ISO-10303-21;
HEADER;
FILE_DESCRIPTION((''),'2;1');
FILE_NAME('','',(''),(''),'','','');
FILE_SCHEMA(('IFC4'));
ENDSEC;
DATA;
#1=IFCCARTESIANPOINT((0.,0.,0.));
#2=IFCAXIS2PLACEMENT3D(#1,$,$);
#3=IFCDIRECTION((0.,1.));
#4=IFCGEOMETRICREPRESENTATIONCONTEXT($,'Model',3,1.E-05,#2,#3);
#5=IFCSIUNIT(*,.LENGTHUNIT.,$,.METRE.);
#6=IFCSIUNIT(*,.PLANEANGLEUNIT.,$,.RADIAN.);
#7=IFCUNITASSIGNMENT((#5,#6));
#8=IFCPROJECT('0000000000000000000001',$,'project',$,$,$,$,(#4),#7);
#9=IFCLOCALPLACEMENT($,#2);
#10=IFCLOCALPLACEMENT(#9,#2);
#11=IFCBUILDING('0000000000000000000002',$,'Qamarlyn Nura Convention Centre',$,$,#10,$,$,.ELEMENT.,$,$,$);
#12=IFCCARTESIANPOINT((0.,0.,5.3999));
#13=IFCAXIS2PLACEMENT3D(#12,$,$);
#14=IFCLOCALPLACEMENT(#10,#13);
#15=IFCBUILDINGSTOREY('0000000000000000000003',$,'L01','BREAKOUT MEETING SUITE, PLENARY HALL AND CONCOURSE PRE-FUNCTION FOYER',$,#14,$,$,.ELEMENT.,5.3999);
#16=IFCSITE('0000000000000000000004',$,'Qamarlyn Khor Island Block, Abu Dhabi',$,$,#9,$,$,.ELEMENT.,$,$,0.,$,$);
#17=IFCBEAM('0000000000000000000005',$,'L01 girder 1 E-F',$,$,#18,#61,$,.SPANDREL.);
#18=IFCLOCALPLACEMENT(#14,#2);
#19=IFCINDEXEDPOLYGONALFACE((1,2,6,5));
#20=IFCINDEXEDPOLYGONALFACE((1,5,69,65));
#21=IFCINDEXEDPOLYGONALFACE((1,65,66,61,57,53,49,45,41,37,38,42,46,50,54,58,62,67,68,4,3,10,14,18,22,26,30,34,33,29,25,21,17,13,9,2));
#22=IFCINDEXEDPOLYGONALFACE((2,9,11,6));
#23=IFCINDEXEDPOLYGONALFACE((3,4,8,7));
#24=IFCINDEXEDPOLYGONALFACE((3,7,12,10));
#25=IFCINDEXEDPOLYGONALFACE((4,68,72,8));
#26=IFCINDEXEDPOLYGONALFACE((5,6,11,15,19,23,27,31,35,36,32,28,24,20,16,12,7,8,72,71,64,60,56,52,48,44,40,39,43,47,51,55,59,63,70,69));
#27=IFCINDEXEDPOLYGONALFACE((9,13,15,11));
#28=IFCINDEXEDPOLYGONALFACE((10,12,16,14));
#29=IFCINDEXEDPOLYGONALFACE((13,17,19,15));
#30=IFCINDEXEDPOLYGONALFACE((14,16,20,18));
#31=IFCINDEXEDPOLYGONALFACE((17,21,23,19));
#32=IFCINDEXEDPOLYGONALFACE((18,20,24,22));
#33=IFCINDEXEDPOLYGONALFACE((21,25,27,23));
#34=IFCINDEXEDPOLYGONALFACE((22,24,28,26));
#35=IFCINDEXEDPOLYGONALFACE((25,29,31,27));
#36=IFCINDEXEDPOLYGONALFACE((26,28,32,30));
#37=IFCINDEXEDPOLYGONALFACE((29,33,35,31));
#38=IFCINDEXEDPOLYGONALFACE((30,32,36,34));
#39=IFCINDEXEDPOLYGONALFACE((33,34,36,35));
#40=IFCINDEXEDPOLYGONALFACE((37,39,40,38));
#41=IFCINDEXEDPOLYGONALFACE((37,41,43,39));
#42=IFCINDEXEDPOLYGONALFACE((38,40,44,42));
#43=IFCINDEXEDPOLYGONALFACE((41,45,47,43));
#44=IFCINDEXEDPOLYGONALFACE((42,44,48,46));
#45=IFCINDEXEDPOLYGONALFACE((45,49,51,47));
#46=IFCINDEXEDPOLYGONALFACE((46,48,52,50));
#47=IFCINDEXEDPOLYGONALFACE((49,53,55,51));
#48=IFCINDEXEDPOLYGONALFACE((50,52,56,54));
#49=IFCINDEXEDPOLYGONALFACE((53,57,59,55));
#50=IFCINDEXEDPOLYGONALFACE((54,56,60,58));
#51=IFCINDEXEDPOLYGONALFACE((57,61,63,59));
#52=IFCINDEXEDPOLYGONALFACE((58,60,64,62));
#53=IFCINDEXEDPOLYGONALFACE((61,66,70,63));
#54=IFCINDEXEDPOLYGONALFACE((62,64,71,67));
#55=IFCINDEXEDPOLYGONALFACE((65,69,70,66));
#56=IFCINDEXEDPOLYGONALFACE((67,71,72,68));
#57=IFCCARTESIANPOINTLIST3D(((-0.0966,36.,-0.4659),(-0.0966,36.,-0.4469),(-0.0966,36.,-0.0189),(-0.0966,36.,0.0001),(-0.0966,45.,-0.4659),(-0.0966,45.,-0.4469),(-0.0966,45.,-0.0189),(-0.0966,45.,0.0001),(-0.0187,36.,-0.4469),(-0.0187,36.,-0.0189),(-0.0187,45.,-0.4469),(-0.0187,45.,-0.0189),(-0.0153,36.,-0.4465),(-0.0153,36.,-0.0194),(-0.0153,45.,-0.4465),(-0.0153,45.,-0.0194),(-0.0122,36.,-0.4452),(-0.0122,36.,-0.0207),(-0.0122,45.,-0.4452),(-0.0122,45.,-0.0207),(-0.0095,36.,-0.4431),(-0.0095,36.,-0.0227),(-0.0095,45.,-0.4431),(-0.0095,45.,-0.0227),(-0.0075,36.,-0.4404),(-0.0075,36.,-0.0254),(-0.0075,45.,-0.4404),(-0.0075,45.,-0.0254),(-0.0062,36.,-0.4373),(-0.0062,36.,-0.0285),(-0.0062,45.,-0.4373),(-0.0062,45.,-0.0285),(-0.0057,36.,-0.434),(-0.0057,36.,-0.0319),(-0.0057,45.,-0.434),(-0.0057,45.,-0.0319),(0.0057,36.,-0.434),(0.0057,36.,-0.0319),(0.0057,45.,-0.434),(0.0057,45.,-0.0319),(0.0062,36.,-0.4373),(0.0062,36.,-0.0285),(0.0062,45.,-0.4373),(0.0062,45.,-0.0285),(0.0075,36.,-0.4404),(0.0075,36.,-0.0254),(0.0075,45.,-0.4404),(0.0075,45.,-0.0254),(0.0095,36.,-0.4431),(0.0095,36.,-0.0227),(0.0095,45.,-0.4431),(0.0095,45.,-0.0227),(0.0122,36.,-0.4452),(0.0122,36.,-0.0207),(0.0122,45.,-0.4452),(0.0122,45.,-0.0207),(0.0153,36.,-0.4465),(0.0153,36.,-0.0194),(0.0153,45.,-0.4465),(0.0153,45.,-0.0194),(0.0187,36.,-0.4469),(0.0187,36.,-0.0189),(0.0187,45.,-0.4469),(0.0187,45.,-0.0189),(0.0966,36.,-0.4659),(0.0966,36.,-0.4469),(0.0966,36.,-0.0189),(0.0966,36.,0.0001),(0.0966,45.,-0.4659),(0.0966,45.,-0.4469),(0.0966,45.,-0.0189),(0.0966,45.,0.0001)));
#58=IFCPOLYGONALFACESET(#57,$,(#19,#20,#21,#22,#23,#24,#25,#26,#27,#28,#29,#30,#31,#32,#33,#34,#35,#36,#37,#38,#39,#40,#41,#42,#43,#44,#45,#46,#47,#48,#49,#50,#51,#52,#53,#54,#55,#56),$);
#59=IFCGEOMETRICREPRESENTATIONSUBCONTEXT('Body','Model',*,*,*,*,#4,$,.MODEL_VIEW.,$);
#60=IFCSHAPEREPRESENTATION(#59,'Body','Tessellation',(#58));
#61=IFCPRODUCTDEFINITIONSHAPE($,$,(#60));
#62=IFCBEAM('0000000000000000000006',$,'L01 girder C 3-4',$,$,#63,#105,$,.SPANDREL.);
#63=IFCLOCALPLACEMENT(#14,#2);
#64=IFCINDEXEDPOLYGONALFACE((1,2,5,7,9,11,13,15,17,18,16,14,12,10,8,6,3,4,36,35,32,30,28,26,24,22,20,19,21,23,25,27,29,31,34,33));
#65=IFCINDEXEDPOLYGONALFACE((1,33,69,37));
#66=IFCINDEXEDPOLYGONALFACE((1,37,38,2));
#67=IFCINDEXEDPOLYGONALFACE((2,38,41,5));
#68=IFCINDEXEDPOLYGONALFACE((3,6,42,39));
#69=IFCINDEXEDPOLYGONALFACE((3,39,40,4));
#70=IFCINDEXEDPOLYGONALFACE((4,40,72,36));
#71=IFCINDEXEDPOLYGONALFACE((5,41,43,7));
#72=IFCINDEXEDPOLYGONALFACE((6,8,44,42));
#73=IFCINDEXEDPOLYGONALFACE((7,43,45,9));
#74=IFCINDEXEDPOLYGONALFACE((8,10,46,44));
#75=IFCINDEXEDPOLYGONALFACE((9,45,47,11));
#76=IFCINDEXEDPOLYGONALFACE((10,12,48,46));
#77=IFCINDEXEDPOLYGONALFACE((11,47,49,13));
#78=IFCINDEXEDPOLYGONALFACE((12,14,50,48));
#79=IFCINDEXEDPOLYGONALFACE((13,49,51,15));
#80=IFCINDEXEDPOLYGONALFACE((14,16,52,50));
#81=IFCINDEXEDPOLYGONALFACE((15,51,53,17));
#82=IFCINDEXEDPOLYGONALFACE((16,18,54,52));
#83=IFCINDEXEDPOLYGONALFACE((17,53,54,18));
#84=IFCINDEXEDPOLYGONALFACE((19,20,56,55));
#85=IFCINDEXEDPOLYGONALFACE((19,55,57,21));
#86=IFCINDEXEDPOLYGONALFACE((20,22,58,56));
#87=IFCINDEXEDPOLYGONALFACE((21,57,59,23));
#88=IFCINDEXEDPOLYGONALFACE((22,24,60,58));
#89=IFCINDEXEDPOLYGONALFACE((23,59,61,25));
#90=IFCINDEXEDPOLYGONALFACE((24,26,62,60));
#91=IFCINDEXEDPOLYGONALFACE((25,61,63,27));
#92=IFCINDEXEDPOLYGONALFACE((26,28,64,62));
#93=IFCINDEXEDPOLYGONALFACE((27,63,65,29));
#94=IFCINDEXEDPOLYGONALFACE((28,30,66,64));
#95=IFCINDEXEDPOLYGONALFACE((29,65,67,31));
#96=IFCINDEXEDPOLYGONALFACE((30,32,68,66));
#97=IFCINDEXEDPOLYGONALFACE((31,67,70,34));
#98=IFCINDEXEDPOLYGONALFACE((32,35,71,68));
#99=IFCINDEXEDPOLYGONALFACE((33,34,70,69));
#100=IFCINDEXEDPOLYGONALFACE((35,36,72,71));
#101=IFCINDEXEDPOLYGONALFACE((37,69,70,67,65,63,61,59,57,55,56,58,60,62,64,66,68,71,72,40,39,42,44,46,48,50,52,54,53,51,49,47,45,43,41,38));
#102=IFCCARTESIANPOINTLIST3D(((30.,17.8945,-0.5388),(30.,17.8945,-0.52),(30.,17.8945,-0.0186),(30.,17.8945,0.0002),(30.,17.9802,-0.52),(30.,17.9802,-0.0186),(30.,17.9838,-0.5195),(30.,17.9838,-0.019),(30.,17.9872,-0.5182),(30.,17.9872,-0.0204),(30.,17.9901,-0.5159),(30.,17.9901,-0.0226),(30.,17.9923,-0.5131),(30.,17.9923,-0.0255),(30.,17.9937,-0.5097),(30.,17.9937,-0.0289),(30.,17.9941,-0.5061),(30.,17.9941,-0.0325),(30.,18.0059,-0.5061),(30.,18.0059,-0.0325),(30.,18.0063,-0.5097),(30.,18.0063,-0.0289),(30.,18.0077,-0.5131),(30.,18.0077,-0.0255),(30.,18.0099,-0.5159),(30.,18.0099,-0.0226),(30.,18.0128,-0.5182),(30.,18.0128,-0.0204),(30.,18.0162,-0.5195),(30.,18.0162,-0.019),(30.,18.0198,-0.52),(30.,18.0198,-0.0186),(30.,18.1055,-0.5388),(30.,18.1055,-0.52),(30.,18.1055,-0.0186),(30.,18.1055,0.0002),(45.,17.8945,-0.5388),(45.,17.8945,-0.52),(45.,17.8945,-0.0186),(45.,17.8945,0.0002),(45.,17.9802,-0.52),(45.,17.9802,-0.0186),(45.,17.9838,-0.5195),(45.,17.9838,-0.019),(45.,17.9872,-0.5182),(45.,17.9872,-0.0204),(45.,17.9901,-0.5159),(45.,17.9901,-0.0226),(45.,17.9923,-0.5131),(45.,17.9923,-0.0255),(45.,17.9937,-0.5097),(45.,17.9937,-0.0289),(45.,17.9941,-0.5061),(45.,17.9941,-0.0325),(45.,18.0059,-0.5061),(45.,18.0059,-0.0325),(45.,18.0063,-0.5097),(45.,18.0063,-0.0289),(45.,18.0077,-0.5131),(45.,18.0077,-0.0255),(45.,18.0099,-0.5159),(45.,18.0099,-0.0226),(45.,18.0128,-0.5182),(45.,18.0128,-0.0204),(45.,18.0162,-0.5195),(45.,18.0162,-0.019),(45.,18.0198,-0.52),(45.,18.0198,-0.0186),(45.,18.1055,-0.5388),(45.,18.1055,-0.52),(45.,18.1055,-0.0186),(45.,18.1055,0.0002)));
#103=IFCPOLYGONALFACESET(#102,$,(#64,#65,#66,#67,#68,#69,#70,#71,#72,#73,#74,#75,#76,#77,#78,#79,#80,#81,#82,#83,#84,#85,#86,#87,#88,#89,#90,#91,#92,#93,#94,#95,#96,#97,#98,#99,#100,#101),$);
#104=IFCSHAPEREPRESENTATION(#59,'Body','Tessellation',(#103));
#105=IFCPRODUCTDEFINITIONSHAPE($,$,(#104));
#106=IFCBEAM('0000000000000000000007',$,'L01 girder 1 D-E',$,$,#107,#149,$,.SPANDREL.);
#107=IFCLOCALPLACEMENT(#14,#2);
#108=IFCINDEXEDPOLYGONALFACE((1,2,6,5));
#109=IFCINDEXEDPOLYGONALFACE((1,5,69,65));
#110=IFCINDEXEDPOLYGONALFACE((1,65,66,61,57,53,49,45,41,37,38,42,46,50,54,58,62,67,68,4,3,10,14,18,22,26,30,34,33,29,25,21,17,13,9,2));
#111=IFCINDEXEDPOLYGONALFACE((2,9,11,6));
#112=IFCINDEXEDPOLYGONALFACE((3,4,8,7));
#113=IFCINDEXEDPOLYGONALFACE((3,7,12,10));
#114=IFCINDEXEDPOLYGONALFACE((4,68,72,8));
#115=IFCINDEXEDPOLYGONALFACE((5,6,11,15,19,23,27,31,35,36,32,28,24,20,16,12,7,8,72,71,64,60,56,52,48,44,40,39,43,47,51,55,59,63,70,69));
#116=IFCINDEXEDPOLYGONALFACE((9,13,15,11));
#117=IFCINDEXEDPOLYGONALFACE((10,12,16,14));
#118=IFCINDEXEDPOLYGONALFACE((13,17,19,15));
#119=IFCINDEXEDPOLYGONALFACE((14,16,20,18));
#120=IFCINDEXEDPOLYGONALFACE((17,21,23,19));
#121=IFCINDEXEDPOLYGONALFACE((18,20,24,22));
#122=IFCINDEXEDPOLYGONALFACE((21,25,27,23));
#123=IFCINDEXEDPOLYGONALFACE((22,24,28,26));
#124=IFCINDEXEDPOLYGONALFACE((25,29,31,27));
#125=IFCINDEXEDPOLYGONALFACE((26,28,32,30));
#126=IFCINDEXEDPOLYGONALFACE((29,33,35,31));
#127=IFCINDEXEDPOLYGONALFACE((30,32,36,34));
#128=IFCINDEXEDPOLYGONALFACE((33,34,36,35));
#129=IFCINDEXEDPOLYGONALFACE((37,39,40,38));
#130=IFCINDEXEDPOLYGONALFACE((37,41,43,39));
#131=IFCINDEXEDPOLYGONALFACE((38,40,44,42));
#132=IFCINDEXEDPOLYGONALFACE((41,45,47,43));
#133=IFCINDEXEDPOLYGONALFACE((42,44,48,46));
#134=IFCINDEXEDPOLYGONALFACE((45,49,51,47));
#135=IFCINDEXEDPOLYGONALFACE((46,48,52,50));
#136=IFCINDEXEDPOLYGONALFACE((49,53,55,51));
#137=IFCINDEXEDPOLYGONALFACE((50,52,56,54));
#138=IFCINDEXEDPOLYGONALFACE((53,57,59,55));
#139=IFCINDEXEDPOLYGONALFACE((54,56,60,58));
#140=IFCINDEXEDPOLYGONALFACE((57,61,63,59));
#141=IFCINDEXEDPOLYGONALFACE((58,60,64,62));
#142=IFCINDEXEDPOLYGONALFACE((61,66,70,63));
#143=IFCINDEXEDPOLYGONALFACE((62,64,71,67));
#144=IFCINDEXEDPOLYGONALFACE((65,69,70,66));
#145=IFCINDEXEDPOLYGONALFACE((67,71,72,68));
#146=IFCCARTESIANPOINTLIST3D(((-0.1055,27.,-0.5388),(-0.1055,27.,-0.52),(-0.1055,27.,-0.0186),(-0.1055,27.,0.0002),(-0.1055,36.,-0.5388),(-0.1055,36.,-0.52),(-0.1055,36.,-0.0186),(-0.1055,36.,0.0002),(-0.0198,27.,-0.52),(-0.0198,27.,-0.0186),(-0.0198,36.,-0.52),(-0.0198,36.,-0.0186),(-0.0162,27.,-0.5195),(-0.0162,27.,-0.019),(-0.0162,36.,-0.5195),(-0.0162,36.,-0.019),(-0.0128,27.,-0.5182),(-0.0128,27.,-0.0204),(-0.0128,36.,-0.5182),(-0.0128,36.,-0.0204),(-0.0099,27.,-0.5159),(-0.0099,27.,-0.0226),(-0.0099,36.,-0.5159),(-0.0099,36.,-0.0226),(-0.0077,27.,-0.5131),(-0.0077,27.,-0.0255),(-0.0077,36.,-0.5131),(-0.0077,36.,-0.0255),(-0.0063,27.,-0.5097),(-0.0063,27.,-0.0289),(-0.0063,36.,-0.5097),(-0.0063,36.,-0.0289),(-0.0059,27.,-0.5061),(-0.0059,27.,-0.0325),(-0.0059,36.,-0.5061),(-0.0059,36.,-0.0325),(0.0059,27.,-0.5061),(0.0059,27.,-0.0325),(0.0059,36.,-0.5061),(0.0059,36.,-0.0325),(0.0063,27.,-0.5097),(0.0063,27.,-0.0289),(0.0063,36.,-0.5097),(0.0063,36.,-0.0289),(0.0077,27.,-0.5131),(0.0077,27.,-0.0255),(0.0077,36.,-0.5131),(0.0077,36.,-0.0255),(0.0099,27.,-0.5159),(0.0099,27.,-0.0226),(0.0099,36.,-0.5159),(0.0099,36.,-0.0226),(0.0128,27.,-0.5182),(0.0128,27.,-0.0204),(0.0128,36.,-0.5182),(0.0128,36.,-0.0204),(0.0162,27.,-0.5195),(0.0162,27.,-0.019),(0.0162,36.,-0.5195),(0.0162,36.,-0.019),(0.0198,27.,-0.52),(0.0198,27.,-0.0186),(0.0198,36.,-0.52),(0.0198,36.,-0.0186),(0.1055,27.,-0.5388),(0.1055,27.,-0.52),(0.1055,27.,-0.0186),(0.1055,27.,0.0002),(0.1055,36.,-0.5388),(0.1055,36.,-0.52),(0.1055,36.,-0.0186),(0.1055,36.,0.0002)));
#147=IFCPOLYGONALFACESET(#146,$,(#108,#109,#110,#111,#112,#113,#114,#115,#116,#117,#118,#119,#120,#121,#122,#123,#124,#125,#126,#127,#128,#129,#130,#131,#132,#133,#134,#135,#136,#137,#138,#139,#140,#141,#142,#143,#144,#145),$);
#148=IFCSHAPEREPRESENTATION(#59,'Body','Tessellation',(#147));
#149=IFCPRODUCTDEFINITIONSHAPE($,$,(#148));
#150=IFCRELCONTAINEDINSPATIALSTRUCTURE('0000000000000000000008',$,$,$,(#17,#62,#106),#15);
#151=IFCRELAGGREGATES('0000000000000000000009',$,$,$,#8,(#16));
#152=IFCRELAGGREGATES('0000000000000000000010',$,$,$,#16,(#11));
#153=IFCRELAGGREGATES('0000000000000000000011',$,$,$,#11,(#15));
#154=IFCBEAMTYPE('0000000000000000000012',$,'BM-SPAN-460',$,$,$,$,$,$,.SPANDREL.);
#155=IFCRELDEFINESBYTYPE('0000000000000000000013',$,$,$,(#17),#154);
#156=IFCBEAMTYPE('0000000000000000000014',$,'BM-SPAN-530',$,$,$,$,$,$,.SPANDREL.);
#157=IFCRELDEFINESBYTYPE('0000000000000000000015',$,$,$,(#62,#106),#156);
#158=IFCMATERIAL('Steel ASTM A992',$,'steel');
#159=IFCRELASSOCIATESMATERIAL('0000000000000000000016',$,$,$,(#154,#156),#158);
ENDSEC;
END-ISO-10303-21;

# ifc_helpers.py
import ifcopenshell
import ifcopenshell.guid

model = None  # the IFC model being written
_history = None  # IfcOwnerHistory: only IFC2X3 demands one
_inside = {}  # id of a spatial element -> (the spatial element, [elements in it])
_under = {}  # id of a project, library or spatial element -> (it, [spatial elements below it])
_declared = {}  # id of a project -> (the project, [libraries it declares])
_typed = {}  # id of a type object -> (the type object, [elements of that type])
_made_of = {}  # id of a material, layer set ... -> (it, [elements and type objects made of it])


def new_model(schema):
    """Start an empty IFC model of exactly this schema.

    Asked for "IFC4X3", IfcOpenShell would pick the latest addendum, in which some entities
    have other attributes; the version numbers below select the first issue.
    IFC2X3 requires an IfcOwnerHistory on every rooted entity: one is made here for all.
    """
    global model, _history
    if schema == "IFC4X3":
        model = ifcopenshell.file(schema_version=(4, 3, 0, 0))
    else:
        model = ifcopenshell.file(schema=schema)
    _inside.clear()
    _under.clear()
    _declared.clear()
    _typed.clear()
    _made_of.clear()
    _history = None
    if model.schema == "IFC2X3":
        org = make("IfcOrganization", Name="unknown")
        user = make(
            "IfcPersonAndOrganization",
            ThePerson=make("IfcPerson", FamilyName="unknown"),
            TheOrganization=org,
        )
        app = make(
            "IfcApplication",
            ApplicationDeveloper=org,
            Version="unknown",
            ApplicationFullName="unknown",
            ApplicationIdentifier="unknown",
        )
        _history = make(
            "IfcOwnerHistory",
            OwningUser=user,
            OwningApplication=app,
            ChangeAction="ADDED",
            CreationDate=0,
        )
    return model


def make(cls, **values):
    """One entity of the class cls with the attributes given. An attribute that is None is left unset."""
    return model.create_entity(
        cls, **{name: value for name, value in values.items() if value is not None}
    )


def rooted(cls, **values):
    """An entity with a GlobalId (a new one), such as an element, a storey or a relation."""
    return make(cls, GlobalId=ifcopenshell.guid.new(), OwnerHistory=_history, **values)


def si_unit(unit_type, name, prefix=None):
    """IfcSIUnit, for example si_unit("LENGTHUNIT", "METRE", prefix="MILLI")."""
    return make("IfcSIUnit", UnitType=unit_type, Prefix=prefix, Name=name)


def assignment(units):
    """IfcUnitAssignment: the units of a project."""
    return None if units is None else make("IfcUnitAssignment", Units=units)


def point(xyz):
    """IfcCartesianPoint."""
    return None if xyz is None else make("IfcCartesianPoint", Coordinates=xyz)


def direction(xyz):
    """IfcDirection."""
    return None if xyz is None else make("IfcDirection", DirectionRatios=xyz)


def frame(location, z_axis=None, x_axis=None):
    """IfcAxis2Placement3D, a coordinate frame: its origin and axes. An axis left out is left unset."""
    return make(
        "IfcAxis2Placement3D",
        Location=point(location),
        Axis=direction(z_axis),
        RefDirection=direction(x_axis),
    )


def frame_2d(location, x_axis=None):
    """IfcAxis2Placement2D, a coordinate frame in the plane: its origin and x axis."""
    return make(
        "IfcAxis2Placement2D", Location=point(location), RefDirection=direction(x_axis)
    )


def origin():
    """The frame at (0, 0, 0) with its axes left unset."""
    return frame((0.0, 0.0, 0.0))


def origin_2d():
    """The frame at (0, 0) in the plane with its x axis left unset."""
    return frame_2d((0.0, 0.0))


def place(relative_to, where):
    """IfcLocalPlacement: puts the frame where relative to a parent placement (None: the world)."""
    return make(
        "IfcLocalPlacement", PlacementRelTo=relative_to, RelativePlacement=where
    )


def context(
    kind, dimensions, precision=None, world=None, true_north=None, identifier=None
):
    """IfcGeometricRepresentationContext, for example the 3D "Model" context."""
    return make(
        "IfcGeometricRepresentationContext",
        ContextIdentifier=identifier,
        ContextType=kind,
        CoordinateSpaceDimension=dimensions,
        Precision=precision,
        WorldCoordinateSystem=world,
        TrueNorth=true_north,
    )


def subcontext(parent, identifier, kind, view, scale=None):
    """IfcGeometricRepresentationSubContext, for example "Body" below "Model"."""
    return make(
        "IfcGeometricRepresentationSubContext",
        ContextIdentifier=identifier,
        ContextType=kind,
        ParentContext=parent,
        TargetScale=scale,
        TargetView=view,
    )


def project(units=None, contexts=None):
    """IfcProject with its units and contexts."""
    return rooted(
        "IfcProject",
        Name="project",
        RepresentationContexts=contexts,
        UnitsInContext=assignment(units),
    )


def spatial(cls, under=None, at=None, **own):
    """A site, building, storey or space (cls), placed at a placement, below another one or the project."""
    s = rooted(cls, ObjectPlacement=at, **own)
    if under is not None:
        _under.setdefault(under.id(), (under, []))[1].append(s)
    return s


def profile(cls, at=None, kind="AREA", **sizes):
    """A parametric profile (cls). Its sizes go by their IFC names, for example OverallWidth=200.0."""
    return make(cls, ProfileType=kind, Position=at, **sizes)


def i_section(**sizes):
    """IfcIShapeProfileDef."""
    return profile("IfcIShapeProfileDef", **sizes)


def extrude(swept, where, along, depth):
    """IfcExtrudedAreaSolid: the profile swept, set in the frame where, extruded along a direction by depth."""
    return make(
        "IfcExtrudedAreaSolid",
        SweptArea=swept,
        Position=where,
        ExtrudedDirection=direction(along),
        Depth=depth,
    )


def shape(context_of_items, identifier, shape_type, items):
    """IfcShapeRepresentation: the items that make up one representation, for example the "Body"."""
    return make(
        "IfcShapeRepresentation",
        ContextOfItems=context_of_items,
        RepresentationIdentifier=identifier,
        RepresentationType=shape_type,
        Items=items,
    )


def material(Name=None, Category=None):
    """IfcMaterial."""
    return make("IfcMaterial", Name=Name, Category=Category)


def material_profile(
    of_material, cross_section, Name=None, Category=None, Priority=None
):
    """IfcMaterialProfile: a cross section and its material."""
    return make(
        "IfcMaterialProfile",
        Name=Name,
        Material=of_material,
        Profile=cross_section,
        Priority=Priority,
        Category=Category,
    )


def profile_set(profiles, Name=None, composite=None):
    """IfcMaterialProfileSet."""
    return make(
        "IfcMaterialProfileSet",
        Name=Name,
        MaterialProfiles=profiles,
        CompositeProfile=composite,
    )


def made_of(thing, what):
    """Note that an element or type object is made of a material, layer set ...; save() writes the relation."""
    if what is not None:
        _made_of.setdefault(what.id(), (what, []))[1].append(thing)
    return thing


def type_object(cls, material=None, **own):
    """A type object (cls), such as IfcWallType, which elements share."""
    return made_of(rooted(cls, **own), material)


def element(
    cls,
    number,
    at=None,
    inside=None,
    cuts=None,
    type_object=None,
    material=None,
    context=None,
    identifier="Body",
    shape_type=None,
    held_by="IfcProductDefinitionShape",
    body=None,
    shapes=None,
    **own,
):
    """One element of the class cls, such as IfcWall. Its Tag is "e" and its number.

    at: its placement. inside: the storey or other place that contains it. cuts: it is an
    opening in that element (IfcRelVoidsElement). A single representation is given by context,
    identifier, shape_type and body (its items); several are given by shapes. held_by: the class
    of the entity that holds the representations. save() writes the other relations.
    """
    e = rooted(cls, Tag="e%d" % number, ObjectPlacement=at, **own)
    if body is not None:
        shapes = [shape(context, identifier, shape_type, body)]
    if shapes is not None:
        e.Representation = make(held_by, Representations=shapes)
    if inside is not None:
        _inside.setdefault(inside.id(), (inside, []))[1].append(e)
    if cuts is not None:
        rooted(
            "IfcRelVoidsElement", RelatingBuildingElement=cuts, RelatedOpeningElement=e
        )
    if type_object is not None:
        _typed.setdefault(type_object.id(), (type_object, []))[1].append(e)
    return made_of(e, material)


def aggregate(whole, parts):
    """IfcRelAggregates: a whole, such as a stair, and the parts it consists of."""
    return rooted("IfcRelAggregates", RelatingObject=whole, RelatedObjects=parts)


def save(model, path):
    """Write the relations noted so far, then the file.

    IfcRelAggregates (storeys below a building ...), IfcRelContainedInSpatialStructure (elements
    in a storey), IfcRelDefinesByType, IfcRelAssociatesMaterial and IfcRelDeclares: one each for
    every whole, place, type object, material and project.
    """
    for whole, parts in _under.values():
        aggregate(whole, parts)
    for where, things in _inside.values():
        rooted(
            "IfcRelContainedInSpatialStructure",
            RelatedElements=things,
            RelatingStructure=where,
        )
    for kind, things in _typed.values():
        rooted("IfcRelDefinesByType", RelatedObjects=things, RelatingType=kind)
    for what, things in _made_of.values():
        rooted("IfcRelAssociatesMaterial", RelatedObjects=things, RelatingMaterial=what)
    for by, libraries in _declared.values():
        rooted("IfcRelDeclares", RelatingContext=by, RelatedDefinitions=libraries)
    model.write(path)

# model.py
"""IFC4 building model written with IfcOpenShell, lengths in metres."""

from ifc_helpers import new_model, si_unit, direction, frame, origin, origin_2d, place, context, subcontext, project, spatial, i_section, extrude, material, material_profile, profile_set, type_object, element, save


model = new_model("IFC4")

# Units and contexts
model_context = context("Model", 3, precision=1e-05, world=origin(), true_north=direction((0.0, 1.0)))
body_context = subcontext(model_context, "Body", "Model", "MODEL_VIEW")
ifc_project = project(units=[si_unit("LENGTHUNIT", "METRE"), si_unit("PLANEANGLEUNIT", "RADIAN")], contexts=[model_context])

# Site, building, storey
site_placement = place(None, origin())
site = spatial("IfcSite", under=ifc_project, at=site_placement, Name="Qamarlyn Khor Island Block, Abu Dhabi", CompositionType="ELEMENT", RefElevation=0.0)
building_placement = place(site_placement, origin())
building = spatial("IfcBuilding", under=site, at=building_placement, Name="Qamarlyn Nura Convention Centre", CompositionType="ELEMENT")
storey_placement = place(building_placement, frame((0.0, 0.0, 5.3999)))
storey = spatial("IfcBuildingStorey", under=building, at=storey_placement, Name="L01", Description="BREAKOUT MEETING SUITE, PLENARY HALL AND CONCOURSE PRE-FUNCTION FOYER", CompositionType="ELEMENT", Elevation=5.3999)

# Shared definitions
ifc_material_1 = material(Name="Steel ASTM A992", Category="steel")

# Beams
ifc_material_profile_1 = material_profile(ifc_material_1, i_section(OverallWidth=0.1931, OverallDepth=0.4661, WebThickness=0.0115, FlangeThickness=0.019, FilletRadius=0.0129, at=origin_2d()), Name="W460X97")
ifc_profile_set_1 = profile_set([ifc_material_profile_1], Name="Steel ASTM A992")
beam_type_1 = type_object("IfcBeamType", Name="BM-SPAN-460", PredefinedType="SPANDREL", material=ifc_profile_set_1)
beam_1_placement = place(storey_placement, frame((0.0, 36.0, -0.2329), z_axis=(0.0, 1.0, 0.0), x_axis=(-1.0, 0.0, 0.0)))
element("IfcBeam", 1, at=beam_1_placement, inside=storey, type_object=beam_type_1, Name="L01 girder 1 E-F", PredefinedType="SPANDREL", context=body_context, shape_type="SweptSolid", body=[
    extrude(i_section(OverallWidth=0.1931, OverallDepth=0.4661, WebThickness=0.0115, FlangeThickness=0.019, FilletRadius=0.0129, at=origin_2d()), origin(), (0.0, 0.0, 1.0), 9.0),
])
ifc_material_profile_2 = material_profile(ifc_material_1, i_section(OverallWidth=0.2109, OverallDepth=0.5391, WebThickness=0.0117, FlangeThickness=0.0188, FilletRadius=0.0139, at=origin_2d()), Name="W530X109")
ifc_profile_set_2 = profile_set([ifc_material_profile_2], Name="Steel ASTM A992")
beam_type_2 = type_object("IfcBeamType", Name="BM-SPAN-530", PredefinedType="SPANDREL", material=ifc_profile_set_2)
beam_2_placement = place(storey_placement, frame((30.0, 18.0, -0.2693), z_axis=(1.0, 0.0, 0.0), x_axis=(0.0, 1.0, 0.0)))
element("IfcBeam", 2, at=beam_2_placement, inside=storey, type_object=beam_type_2, Name="L01 girder C 3-4", PredefinedType="SPANDREL", context=body_context, shape_type="SweptSolid", body=[
    extrude(i_section(OverallWidth=0.2109, OverallDepth=0.5391, WebThickness=0.0117, FlangeThickness=0.0188, FilletRadius=0.0139, at=origin_2d()), origin(), (0.0, 0.0, 1.0), 15.0),
])
beam_3_placement = place(storey_placement, frame((0.0, 27.0, -0.2693), z_axis=(0.0, 1.0, 0.0), x_axis=(-1.0, 0.0, 0.0)))
element("IfcBeam", 3, at=beam_3_placement, inside=storey, type_object=beam_type_2, Name="L01 girder 1 D-E", PredefinedType="SPANDREL", context=body_context, shape_type="SweptSolid", body=[
    extrude(i_section(OverallWidth=0.2109, OverallDepth=0.5391, WebThickness=0.0117, FlangeThickness=0.0188, FilletRadius=0.0139, at=origin_2d()), origin(), (0.0, 0.0, 1.0), 9.0),
])

save(model, "model.ifc")
